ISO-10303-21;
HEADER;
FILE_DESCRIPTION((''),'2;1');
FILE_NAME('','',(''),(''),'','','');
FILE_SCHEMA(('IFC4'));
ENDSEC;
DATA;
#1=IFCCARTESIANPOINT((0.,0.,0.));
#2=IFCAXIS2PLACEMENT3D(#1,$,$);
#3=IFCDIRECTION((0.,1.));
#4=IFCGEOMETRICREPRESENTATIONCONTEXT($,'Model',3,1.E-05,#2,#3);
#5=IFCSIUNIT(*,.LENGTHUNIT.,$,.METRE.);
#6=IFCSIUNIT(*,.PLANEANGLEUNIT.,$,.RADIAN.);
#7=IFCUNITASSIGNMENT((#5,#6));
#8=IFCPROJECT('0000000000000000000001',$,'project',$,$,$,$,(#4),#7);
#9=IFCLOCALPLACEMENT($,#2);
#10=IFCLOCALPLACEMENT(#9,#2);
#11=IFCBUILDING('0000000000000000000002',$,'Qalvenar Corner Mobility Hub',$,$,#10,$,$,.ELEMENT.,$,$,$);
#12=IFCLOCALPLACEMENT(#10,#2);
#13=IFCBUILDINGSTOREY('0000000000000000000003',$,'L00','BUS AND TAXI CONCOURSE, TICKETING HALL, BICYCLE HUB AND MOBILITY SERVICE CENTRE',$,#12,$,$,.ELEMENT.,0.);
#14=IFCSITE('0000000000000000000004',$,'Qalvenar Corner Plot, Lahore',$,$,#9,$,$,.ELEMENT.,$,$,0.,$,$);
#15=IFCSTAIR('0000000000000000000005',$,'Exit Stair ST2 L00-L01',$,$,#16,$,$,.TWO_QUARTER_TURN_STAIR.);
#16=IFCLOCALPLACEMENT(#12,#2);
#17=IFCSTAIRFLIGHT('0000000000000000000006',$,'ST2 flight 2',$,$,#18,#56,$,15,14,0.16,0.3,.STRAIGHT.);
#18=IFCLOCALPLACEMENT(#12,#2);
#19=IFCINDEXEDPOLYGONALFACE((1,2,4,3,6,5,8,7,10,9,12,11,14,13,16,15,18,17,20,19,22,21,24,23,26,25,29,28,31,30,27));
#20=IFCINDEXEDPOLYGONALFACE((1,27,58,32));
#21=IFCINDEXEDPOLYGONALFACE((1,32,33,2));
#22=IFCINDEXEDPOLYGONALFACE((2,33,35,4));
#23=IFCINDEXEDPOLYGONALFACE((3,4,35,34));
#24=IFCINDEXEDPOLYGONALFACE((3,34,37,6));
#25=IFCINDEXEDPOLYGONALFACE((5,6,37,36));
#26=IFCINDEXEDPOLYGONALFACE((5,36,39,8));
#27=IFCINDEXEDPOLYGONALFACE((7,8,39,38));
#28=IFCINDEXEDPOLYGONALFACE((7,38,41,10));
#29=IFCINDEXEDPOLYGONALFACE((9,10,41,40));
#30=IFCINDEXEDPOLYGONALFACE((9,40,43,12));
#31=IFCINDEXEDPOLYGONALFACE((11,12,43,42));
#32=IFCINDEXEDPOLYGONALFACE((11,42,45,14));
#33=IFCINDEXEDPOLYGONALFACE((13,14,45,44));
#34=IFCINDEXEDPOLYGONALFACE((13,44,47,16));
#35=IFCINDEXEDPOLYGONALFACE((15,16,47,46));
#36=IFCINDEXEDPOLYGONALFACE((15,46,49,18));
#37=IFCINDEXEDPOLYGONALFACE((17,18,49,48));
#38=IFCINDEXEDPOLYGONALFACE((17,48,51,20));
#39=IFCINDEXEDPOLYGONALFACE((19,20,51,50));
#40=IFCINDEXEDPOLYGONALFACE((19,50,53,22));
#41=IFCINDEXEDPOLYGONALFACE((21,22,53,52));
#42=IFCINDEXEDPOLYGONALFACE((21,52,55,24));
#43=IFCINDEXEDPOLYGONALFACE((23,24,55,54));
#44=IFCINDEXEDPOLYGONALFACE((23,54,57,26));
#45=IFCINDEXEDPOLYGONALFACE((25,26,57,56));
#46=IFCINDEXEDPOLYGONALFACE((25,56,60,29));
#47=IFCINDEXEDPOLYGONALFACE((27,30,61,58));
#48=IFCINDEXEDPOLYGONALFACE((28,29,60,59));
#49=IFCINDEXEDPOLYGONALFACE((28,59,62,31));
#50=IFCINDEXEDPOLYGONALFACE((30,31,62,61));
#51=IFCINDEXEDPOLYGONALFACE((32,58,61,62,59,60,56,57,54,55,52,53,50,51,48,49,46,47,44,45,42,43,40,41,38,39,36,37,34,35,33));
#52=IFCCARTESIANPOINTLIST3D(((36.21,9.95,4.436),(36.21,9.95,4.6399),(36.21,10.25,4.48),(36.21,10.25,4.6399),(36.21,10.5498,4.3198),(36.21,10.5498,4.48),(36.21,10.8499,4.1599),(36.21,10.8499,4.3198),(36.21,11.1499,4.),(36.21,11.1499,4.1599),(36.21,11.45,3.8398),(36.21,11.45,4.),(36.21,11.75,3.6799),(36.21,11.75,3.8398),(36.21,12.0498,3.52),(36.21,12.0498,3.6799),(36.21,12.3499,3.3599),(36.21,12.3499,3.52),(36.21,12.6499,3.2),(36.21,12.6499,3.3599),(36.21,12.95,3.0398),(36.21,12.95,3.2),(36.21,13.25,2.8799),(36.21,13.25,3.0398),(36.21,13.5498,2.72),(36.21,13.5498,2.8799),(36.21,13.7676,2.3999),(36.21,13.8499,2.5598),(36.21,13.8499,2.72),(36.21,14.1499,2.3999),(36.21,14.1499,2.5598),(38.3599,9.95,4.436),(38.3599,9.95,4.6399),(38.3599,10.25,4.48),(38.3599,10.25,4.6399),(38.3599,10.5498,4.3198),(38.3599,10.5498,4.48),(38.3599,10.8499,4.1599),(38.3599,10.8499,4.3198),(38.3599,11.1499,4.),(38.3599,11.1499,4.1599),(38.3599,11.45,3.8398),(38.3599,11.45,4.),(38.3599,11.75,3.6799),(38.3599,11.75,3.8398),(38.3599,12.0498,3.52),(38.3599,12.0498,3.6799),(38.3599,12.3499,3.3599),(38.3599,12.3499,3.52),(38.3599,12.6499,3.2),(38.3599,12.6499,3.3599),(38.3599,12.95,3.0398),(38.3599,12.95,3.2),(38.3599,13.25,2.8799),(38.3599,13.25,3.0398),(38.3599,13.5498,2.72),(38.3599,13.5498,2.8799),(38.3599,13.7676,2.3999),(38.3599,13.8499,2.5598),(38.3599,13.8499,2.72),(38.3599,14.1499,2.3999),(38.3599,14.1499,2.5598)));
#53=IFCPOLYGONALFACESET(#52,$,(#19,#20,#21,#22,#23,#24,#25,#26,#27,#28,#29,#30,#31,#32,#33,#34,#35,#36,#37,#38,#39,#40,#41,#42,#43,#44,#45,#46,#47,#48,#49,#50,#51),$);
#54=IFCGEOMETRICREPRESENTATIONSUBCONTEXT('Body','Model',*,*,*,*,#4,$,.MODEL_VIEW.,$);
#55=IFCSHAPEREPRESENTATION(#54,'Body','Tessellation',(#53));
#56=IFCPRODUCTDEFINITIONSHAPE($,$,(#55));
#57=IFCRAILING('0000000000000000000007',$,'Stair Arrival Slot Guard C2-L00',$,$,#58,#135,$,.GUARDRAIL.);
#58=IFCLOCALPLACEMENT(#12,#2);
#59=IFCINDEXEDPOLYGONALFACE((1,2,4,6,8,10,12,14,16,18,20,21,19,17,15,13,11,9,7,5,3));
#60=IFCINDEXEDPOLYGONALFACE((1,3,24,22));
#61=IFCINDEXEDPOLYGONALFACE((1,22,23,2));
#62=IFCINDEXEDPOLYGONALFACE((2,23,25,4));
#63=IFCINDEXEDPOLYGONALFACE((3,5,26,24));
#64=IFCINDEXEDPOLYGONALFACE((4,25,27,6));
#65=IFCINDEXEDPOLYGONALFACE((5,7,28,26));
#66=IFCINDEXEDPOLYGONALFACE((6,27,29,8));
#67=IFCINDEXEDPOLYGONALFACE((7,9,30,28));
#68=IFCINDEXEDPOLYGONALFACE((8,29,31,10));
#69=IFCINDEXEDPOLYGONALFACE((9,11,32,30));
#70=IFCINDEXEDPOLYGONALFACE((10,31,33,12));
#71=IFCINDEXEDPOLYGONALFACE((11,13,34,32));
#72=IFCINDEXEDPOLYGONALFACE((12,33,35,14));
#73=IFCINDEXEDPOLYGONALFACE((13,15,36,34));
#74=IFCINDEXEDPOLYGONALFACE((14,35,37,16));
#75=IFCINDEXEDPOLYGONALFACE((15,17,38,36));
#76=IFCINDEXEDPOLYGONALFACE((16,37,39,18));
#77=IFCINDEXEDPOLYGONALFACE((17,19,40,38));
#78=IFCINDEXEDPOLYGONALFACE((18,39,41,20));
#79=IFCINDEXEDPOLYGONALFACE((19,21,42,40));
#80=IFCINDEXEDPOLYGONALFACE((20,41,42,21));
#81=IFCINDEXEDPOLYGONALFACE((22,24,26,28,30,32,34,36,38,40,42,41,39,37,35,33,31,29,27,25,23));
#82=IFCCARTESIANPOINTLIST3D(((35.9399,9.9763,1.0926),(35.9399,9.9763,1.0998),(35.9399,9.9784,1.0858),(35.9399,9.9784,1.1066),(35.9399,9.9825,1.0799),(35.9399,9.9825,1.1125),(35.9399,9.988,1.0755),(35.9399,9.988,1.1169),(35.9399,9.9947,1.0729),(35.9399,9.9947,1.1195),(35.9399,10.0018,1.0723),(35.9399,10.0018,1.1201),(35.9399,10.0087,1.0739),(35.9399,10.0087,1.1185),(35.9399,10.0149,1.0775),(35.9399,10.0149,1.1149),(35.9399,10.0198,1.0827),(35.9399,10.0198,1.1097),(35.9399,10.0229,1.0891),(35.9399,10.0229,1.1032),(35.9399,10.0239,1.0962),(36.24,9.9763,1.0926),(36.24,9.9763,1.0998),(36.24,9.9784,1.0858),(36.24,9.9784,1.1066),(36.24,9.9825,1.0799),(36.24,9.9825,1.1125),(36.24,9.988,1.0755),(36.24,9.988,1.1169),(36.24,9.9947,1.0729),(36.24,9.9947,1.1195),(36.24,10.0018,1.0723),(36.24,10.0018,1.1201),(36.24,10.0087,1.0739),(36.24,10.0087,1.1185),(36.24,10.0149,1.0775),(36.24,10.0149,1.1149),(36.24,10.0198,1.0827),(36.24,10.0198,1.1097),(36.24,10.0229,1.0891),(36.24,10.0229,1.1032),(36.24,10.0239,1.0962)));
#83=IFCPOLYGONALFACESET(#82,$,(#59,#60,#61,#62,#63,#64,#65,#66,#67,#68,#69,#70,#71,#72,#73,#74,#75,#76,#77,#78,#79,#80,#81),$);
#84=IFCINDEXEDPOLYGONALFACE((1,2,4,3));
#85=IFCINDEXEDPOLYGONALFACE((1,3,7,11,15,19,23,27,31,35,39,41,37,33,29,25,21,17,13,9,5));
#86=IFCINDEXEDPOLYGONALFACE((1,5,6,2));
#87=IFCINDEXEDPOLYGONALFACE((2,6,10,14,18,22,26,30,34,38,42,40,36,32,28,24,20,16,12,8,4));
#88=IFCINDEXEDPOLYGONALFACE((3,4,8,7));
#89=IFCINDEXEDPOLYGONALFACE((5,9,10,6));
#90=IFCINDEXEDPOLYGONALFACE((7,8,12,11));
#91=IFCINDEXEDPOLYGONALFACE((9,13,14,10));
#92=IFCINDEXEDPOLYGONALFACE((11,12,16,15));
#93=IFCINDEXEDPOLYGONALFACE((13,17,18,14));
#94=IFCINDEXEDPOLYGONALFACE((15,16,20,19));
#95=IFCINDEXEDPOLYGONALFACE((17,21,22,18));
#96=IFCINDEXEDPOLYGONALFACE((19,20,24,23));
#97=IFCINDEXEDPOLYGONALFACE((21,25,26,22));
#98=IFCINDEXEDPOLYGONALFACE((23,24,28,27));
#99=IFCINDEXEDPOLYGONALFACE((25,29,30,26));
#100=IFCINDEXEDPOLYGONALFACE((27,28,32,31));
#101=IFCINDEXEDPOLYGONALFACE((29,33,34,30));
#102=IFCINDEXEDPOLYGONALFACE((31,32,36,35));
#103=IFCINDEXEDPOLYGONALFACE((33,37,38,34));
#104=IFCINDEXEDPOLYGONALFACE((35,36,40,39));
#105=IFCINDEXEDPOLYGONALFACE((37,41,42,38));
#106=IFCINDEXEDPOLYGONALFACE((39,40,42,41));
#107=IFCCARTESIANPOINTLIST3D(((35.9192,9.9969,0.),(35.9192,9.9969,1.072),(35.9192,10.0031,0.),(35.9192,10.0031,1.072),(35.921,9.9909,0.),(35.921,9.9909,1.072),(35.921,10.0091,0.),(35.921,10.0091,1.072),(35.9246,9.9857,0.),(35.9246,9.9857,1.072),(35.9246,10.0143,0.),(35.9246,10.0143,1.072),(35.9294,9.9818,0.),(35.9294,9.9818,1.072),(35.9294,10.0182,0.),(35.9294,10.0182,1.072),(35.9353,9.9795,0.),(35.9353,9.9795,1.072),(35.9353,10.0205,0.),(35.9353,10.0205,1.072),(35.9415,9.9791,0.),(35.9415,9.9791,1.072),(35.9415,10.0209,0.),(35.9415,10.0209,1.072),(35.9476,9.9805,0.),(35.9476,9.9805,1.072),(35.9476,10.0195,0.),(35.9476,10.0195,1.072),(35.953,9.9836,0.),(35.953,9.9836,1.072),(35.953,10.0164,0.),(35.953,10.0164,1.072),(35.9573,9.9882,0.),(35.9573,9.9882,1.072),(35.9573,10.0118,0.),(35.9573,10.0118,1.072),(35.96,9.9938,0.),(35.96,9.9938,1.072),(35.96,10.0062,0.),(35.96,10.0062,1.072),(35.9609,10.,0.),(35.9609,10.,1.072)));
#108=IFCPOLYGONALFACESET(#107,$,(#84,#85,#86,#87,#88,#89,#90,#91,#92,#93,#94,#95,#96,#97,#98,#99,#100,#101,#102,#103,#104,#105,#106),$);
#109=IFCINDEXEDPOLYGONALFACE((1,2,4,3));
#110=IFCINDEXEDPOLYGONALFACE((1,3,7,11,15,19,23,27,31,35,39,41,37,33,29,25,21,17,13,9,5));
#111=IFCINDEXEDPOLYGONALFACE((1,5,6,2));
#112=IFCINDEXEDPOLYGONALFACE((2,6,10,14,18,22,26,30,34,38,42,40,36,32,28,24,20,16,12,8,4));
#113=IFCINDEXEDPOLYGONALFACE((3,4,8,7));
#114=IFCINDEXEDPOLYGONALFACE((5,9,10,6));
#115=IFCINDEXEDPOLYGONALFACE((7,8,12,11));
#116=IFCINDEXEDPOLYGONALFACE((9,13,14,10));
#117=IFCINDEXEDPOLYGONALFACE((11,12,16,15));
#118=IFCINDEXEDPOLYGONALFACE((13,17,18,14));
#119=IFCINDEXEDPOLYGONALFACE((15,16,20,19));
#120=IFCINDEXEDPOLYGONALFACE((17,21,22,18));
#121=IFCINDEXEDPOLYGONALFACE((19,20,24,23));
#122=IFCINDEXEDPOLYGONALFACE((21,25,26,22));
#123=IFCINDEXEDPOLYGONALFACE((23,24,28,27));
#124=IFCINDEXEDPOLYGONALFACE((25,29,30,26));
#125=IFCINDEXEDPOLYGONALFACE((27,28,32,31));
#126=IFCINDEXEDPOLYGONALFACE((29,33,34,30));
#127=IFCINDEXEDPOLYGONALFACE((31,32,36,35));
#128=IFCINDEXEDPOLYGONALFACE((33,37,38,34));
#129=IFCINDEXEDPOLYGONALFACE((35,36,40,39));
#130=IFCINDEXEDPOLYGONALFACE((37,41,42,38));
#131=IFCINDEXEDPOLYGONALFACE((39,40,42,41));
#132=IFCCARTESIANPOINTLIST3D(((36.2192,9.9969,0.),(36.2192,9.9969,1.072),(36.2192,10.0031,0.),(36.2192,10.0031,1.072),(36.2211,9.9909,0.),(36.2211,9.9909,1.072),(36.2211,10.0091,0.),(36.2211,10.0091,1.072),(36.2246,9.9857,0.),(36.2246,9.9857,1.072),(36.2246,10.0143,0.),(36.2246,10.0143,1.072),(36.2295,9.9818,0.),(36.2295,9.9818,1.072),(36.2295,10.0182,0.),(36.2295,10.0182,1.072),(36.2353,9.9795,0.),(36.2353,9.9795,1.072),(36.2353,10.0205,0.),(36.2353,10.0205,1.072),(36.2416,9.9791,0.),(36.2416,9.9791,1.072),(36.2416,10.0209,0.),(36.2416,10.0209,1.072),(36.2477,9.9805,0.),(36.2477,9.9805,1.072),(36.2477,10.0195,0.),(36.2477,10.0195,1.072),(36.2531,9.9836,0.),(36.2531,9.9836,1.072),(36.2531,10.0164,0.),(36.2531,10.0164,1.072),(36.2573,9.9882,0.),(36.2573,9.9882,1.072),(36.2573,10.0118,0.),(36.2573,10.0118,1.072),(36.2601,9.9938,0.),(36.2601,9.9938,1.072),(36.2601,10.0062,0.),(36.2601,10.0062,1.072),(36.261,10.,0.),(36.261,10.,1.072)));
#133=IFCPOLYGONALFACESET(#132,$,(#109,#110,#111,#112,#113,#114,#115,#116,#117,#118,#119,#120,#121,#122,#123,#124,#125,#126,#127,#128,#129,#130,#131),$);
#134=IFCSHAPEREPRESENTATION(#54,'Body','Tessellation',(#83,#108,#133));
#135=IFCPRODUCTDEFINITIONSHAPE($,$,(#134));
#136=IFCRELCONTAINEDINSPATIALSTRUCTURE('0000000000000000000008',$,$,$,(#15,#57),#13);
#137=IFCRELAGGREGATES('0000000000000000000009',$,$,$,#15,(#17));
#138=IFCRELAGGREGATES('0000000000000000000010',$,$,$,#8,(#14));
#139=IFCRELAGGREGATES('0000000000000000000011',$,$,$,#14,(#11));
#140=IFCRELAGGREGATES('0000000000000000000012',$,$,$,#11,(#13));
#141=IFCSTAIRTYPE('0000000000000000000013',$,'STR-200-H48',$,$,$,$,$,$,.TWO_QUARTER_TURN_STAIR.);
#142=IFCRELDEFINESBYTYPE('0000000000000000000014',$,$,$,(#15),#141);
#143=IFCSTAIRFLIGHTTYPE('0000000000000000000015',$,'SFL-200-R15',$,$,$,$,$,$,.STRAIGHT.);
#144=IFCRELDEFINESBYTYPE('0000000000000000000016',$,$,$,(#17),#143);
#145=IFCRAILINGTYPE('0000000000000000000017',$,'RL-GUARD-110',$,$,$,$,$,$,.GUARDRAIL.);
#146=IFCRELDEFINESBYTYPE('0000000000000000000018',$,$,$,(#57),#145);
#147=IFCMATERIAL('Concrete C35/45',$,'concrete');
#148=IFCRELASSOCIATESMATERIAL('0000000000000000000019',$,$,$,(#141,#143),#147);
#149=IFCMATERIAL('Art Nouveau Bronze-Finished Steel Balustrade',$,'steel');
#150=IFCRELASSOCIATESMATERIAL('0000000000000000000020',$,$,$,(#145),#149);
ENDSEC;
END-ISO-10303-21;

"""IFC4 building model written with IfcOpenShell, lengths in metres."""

from ifc_helpers import new_model, si_unit, direction, frame, origin, origin_2d, place, context, subcontext, project, spatial, polyline, circle, outline, extrude, material, type_object, element, aggregate, save


model = new_model("IFC4")

# Units and contexts
model_context = context("Model", 3, precision=1e-05, world=origin(), true_north=direction((0.0, 1.0)))
body_context = subcontext(model_context, "Body", "Model", "MODEL_VIEW")
ifc_project = project(units=[si_unit("LENGTHUNIT", "METRE"), si_unit("PLANEANGLEUNIT", "RADIAN")], contexts=[model_context])

# Site, building, storey
site_placement = place(None, origin())
site = spatial("IfcSite", under=ifc_project, at=site_placement, Name="Qalvenar Corner Plot, Lahore", CompositionType="ELEMENT", RefElevation=0.0)
building_placement = place(site_placement, origin())
building = spatial("IfcBuilding", under=site, at=building_placement, Name="Qalvenar Corner Mobility Hub", CompositionType="ELEMENT")
storey_placement = place(building_placement, origin())
storey = spatial("IfcBuildingStorey", under=building, at=storey_placement, Name="L00", Description="BUS AND TAXI CONCOURSE, TICKETING HALL, BICYCLE HUB AND MOBILITY SERVICE CENTRE", CompositionType="ELEMENT", Elevation=0.0)

# Stair, stair flight
ifc_material_1 = material(Name="Concrete C35/45", Category="concrete")
stair_type = type_object("IfcStairType", Name="STR-200-H48", PredefinedType="TWO_QUARTER_TURN_STAIR", material=ifc_material_1)
stair_placement = place(storey_placement, origin())
stair = element("IfcStair", 1, at=stair_placement, inside=storey, type_object=stair_type, Name="Exit Stair ST2 L00-L01", PredefinedType="TWO_QUARTER_TURN_STAIR")
stair_flight_type = type_object("IfcStairFlightType", Name="SFL-200-R15", PredefinedType="STRAIGHT", material=ifc_material_1)
stair_flight_1_placement = place(storey_placement, frame((37.2849, 14.1499, 2.3999), z_axis=(0.0, 0.0, 1.0), x_axis=(0.0, -1.0, 0.0)))
stair_flight_1 = element("IfcStairFlight", 2, at=stair_flight_1_placement, type_object=stair_flight_type, Name="ST2 flight 2", NumberOfRisers=15, NumberOfTreads=14, PredefinedType="STRAIGHT", RiserHeight=0.16, TreadLength=0.3, context=body_context, shape_type="SweptSolid", body=[
    extrude(outline(polyline([(0.0, 0.0), (0.0, 0.1599), (0.3, 0.1599), (0.3, 0.3201), (0.6001, 0.3201), (0.6001, 0.48), (0.8999, 0.48), (0.8999, 0.6399), (1.2, 0.6399), (1.2, 0.8), (1.5, 0.8), (1.5, 0.96), (1.8, 0.96), (1.8, 1.1201), (2.1001, 1.1201), (2.1001, 1.28), (2.3999, 1.28), (2.3999, 1.4399), (2.7, 1.4399), (2.7, 1.6001), (3.0, 1.6001), (3.0, 1.76), (3.3, 1.76), (3.3, 1.9199), (3.6001, 1.9199), (3.6001, 2.0801), (3.8999, 2.0801), (3.8999, 2.24), (4.2, 2.24), (4.2, 2.3999), (4.2, 2.0361), (0.3823, 0.0), (0.0, 0.0)])), frame((0.0, 1.075, 0.0), z_axis=(0.0, -1.0, 0.0), x_axis=(1.0, 0.0, 0.0)), (0.0, 0.0, 1.0), 2.1499),
])
aggregate(stair, [stair_flight_1])

# Railing
ifc_material_2 = material(Name="Art Nouveau Bronze-Finished Steel Balustrade", Category="steel")
railing_type_1 = type_object("IfcRailingType", Name="RL-GUARD-110", PredefinedType="GUARDRAIL", material=ifc_material_2)
for number, where, name in (
    (3, (35.9399, 10.0, 0.0), "Stair Arrival Slot Guard C2-L00"),
):
    element("IfcRailing", number, at=place(storey_placement, frame(where)), inside=storey, type_object=railing_type_1, Name=name, PredefinedType="GUARDRAIL", context=body_context, shape_type="SweptSolid", body=[
        extrude(circle(Radius=0.0239, at=origin_2d()), frame((0.0, 0.0, 1.0962), z_axis=(1.0, 0.0, 0.0), x_axis=(0.0, 1.0, 0.0)), (0.0, 0.0, 1.0), 0.3),
        extrude(circle(Radius=0.021, at=origin_2d()), origin(), (0.0, 0.0, 1.0), 1.072),
        extrude(circle(Radius=0.021, at=origin_2d()), frame((0.3, 0.0, 0.0)), (0.0, 0.0, 1.0), 1.072),
    ])

save(model, "model.ifc")
